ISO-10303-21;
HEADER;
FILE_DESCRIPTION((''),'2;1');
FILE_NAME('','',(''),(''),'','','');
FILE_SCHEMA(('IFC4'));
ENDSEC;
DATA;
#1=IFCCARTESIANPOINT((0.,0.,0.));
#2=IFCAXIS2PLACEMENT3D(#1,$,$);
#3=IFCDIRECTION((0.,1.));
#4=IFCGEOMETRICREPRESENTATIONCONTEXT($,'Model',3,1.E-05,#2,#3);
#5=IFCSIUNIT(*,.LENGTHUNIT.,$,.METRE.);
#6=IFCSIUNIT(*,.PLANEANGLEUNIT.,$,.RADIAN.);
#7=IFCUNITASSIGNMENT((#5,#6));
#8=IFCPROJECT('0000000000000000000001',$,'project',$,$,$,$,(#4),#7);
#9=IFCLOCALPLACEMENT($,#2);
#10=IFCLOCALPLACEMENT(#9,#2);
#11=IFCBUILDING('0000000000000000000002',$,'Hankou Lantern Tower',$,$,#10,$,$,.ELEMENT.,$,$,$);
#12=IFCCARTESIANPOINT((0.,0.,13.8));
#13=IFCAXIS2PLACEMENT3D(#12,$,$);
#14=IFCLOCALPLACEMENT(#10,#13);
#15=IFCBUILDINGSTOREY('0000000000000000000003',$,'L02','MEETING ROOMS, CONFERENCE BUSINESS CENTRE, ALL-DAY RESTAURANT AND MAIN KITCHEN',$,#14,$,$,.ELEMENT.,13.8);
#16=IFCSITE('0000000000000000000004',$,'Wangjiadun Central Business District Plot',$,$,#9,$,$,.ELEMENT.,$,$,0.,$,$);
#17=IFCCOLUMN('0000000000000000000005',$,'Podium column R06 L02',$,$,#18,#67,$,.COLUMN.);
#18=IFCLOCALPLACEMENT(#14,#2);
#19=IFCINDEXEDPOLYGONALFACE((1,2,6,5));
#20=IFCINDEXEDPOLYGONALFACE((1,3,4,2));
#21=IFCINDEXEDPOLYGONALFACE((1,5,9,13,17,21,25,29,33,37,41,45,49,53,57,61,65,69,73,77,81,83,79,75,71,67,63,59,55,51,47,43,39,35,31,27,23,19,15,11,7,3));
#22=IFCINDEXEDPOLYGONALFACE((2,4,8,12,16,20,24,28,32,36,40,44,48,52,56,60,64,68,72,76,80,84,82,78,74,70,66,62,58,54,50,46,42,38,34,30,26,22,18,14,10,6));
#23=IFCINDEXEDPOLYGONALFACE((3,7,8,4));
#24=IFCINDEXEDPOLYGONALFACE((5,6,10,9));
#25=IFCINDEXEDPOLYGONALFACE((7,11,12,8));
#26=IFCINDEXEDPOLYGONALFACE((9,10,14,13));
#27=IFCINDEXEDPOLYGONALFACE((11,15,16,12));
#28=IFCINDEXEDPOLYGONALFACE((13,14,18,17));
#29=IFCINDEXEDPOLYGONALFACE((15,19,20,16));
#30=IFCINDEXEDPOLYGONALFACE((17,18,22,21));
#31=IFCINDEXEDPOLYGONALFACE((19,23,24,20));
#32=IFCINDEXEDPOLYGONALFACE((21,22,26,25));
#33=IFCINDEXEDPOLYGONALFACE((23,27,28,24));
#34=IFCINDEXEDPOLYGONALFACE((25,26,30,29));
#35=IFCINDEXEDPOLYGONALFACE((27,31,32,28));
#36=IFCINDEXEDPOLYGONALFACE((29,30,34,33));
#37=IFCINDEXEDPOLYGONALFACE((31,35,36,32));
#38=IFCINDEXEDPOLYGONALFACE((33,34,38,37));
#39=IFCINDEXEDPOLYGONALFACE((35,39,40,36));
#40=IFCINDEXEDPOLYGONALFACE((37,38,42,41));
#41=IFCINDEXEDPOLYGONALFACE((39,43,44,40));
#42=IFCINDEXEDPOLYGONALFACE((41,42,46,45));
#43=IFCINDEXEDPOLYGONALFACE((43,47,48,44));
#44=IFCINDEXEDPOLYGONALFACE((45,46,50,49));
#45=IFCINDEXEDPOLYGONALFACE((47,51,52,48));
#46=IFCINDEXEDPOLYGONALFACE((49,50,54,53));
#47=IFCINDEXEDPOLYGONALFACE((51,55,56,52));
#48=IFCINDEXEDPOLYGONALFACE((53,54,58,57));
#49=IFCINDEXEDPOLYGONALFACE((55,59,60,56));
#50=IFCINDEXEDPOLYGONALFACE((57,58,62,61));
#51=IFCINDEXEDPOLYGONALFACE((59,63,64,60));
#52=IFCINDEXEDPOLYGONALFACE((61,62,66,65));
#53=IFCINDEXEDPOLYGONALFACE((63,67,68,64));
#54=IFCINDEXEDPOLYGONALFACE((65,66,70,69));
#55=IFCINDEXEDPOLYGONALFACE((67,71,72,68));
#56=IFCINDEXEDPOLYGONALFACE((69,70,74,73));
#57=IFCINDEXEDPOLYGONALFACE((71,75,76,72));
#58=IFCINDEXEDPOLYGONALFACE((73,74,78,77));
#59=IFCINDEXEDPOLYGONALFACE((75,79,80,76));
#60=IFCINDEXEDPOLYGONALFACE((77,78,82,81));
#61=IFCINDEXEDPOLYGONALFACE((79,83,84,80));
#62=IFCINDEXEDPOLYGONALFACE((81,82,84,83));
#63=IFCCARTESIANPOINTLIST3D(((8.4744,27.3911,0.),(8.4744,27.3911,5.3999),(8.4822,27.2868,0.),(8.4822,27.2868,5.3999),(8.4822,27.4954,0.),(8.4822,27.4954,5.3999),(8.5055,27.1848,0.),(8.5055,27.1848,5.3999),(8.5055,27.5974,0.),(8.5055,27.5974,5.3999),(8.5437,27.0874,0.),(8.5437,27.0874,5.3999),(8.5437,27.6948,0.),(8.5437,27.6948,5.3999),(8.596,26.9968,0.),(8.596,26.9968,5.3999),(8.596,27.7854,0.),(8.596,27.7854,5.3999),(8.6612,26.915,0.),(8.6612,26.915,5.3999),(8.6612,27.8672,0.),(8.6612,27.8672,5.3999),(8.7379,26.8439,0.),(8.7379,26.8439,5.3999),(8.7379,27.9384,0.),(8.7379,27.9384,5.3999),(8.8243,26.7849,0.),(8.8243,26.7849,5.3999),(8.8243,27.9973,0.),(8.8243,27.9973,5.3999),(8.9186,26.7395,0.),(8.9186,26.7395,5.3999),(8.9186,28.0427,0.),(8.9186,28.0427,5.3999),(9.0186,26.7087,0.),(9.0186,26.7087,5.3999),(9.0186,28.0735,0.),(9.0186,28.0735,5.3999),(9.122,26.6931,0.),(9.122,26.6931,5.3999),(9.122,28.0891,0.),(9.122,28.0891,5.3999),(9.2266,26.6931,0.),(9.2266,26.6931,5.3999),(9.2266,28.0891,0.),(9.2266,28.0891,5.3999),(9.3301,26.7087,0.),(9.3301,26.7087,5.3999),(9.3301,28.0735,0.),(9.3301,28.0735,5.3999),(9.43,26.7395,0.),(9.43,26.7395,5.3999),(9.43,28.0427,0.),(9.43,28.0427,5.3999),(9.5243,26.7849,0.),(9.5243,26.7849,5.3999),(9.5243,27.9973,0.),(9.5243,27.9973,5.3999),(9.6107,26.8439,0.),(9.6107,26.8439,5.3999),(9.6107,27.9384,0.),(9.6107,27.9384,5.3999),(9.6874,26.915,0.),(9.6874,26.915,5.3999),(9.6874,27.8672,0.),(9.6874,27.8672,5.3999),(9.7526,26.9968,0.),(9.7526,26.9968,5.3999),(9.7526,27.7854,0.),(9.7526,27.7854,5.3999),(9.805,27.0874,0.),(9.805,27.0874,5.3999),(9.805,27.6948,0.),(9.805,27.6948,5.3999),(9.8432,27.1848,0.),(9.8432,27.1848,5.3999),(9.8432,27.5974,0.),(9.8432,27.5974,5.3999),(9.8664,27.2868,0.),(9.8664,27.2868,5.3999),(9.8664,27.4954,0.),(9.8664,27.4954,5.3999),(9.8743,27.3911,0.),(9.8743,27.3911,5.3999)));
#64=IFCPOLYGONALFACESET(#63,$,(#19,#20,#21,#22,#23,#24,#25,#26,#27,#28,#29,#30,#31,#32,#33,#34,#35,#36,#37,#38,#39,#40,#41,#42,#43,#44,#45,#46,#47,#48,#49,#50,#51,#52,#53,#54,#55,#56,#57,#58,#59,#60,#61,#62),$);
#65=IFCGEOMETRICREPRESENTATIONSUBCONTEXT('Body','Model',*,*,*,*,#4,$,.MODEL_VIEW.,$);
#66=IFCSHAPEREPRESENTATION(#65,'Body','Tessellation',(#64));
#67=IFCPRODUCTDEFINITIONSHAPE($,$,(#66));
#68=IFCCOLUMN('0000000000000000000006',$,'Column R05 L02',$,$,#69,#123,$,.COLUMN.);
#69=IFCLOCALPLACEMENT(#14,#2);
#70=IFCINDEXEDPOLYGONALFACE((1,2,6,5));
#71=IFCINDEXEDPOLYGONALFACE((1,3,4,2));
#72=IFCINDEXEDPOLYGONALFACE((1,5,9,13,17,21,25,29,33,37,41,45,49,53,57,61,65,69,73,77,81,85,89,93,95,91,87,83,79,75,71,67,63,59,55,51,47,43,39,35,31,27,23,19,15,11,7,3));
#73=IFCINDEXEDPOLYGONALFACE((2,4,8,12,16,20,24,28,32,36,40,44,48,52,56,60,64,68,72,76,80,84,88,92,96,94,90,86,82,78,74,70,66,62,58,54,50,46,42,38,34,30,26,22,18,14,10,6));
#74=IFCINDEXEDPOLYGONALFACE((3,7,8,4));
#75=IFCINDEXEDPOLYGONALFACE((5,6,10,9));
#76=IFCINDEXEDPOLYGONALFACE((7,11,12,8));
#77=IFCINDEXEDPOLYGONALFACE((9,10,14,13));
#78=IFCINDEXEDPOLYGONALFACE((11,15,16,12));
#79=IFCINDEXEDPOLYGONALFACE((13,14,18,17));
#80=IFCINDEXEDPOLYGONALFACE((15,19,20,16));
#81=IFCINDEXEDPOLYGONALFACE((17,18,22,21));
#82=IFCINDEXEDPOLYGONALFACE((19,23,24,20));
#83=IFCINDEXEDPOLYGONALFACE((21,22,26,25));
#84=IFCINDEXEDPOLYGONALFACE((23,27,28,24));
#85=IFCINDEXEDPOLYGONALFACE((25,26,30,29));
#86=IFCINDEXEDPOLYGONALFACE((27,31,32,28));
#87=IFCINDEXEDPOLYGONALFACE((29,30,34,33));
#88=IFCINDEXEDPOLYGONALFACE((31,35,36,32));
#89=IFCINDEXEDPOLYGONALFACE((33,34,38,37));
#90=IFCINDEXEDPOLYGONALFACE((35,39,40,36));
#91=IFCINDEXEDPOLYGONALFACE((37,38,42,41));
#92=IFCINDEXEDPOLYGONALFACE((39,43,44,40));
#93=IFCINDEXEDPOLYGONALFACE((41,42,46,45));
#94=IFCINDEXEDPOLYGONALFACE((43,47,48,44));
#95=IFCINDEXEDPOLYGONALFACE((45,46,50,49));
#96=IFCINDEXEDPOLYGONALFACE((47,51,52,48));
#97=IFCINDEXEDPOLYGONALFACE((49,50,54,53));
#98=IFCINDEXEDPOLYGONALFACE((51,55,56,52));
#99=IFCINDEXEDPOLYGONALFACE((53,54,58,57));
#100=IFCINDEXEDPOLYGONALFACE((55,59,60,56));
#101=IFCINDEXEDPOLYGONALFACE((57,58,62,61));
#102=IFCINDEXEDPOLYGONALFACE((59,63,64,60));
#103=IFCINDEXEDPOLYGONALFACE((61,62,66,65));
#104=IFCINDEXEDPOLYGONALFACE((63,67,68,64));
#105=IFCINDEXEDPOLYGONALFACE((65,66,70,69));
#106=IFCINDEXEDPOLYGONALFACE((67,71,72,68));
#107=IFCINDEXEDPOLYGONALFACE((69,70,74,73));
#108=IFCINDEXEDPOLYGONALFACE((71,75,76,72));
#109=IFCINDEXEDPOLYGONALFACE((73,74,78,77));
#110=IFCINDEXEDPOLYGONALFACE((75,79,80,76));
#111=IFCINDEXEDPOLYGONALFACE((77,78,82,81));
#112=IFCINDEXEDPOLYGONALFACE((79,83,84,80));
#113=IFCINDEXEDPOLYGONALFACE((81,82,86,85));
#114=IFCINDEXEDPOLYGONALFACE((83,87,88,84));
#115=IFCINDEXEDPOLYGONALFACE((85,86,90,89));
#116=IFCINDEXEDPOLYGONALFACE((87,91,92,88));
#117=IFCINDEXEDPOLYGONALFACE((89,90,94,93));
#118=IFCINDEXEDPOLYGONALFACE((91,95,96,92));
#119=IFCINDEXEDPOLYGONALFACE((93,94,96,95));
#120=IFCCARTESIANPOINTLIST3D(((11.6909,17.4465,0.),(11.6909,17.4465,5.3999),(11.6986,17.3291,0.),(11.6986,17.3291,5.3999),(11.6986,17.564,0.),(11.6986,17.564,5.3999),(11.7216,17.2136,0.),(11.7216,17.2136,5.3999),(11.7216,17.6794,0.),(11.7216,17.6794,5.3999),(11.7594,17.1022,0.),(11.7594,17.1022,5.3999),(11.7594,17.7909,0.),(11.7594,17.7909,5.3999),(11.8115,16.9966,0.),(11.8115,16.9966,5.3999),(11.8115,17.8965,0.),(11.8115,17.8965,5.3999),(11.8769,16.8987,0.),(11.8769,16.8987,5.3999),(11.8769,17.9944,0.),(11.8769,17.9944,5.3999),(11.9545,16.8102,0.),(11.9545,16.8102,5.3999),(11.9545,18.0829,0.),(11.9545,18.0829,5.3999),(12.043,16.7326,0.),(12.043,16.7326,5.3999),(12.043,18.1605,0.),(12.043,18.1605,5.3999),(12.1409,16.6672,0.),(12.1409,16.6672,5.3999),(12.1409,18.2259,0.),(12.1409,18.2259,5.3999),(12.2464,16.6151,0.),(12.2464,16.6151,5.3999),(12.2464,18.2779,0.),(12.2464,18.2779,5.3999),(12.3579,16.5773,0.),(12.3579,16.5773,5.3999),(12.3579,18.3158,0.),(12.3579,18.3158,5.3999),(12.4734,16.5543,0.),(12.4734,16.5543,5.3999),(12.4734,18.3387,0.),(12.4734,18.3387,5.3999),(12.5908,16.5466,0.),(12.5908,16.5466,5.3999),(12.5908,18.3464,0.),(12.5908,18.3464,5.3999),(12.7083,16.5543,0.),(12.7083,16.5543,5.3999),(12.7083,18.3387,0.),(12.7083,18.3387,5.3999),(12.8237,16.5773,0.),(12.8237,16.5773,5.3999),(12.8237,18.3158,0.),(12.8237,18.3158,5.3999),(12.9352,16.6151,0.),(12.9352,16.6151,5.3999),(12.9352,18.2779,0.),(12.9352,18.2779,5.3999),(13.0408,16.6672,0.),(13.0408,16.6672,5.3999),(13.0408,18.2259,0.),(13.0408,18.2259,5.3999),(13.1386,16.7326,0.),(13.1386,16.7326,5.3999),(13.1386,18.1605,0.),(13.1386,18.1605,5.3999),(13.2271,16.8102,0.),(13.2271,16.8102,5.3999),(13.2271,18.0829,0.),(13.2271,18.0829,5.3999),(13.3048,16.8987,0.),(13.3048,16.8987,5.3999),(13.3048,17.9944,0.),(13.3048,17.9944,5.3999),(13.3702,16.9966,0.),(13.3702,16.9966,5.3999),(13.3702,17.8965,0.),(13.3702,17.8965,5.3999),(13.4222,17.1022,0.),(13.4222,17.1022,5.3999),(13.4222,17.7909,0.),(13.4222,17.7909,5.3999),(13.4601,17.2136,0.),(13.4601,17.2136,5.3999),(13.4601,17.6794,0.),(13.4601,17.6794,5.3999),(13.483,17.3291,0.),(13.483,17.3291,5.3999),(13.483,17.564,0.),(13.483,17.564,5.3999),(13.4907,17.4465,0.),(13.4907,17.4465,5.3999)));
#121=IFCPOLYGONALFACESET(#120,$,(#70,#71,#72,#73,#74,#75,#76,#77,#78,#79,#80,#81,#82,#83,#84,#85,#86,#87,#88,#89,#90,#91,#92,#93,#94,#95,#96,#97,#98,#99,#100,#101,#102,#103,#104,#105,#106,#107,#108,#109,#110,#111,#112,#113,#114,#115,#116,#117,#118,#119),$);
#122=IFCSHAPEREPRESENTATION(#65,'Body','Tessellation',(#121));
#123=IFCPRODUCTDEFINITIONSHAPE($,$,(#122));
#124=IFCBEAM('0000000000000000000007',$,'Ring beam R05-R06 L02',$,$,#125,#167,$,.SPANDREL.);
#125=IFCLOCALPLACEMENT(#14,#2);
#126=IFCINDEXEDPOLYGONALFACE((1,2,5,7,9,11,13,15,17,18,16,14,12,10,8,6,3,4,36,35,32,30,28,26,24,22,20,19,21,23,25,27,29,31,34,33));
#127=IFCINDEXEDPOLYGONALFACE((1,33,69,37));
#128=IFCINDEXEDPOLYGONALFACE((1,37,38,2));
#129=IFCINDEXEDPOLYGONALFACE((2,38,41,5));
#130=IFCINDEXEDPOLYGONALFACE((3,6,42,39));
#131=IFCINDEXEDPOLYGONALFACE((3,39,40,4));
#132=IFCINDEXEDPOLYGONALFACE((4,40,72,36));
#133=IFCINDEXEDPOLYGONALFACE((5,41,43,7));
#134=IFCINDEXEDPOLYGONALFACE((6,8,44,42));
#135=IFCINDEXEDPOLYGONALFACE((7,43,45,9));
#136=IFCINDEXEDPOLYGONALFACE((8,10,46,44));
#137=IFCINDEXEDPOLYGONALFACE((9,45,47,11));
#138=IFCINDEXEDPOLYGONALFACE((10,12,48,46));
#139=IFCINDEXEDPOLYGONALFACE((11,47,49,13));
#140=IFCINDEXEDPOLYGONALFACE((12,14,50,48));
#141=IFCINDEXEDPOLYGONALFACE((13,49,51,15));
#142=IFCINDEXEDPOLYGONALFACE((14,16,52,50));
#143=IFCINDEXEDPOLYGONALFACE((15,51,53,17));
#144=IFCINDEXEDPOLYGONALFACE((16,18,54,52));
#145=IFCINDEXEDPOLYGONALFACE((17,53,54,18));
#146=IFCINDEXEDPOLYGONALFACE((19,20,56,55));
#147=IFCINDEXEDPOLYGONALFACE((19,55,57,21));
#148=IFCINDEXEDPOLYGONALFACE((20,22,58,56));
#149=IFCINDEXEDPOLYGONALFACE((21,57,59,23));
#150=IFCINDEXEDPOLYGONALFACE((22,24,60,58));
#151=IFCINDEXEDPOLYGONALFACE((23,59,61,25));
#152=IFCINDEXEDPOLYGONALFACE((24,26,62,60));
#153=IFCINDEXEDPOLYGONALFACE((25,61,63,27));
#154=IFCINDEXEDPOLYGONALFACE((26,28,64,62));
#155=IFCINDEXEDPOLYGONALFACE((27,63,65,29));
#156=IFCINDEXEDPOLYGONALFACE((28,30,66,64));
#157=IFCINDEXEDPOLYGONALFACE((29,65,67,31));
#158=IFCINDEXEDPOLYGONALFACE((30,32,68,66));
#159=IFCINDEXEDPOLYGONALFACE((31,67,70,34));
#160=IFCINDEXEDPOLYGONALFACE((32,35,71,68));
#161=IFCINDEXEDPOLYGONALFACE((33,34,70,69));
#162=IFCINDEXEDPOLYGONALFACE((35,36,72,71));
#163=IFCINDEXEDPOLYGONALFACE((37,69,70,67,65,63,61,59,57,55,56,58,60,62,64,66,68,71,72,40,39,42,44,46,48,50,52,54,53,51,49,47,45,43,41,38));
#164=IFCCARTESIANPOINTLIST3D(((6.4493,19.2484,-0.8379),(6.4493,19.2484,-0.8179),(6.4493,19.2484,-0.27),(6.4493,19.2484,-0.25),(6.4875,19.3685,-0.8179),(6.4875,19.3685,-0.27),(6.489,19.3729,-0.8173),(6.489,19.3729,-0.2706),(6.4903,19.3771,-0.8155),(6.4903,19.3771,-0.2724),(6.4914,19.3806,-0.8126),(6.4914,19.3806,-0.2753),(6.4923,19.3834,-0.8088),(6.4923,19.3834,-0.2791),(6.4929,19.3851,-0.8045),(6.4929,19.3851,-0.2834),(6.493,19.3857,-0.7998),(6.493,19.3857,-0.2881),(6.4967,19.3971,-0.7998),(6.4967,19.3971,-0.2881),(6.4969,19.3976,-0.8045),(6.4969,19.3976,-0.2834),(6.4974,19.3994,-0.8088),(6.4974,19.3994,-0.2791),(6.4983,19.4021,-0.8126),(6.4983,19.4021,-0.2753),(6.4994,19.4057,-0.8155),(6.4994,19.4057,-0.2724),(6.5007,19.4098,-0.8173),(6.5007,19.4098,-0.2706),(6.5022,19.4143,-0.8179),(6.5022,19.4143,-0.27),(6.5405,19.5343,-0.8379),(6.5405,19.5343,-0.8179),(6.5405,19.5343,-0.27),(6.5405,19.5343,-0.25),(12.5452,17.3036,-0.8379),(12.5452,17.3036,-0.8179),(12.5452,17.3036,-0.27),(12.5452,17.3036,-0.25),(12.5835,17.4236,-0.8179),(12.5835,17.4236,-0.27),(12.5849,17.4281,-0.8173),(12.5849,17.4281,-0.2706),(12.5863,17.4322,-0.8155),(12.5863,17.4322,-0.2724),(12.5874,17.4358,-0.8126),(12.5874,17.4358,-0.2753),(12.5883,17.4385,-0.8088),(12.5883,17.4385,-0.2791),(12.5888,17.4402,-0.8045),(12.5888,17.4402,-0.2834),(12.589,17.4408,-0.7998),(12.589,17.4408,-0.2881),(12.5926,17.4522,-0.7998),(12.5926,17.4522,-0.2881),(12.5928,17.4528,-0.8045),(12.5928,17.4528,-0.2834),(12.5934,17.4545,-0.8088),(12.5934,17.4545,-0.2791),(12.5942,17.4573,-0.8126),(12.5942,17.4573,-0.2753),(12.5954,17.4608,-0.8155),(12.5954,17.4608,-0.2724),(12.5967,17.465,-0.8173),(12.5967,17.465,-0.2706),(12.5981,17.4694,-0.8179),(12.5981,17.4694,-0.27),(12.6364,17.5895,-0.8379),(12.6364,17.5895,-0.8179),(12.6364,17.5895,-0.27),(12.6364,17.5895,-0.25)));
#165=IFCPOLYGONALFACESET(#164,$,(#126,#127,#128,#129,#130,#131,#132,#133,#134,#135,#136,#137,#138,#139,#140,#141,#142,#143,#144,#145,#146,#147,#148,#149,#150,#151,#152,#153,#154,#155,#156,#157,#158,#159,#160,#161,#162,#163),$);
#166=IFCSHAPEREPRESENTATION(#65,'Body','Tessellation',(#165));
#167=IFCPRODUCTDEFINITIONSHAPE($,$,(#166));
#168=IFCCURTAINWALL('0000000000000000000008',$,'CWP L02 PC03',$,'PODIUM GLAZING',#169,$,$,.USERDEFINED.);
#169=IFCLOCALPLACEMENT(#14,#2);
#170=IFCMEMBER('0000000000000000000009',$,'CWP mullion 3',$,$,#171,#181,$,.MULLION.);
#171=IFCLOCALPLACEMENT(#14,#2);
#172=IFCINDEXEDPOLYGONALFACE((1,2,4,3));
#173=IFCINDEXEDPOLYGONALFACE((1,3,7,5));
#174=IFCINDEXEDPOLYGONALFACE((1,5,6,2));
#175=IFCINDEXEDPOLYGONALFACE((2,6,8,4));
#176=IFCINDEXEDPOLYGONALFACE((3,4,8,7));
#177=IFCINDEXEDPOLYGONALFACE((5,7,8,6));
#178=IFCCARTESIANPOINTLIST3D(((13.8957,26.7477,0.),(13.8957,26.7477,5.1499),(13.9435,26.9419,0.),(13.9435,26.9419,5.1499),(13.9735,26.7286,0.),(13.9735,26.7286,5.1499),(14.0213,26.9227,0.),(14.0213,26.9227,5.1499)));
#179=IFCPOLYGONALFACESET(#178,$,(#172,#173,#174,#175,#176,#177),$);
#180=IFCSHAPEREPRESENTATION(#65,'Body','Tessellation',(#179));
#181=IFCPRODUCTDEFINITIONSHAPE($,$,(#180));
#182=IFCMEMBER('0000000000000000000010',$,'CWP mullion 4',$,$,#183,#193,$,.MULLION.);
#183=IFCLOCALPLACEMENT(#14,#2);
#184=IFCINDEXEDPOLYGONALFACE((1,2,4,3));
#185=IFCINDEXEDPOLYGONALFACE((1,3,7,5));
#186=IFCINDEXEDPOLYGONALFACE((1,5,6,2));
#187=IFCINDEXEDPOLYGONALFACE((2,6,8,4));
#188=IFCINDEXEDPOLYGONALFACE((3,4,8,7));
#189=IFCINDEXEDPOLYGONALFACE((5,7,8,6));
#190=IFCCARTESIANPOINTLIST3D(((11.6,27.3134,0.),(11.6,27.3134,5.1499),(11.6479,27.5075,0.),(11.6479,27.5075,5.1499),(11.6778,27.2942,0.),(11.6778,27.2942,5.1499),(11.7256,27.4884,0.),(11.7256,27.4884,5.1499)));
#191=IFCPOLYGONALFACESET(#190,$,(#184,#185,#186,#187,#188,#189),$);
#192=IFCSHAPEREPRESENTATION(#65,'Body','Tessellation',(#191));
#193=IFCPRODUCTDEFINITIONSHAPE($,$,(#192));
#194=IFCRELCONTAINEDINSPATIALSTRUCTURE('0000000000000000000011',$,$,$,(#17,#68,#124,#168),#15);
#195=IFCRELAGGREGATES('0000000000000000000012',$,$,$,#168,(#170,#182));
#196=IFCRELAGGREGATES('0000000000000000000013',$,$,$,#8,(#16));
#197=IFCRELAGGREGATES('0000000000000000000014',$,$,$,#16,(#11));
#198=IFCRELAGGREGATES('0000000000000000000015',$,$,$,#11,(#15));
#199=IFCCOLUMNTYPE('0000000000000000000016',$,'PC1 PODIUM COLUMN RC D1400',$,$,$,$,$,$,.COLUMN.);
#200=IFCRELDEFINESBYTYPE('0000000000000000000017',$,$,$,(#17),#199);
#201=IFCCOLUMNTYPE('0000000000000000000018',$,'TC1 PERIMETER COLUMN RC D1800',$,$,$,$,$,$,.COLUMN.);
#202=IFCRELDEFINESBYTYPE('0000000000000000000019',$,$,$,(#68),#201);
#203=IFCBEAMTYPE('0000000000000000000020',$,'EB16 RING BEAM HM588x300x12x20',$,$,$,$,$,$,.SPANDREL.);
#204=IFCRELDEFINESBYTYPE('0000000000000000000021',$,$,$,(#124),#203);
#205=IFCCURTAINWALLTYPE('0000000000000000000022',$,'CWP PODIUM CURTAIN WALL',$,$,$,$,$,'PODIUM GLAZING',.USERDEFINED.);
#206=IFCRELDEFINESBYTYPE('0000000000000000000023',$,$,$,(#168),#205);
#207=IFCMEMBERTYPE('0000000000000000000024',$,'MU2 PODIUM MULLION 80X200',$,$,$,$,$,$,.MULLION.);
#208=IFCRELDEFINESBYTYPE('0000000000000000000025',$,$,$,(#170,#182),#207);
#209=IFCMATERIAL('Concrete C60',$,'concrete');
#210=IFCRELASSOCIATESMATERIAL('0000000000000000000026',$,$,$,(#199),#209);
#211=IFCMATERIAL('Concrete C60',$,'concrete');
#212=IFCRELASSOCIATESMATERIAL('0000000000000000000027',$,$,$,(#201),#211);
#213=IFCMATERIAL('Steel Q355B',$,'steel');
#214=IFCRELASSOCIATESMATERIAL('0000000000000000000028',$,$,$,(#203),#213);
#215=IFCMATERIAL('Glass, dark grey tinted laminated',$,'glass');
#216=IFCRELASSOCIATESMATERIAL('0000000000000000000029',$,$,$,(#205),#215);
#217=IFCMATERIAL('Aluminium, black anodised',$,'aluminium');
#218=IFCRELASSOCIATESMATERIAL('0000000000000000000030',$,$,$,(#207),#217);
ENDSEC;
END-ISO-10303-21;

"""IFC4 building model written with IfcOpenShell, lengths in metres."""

from ifc_helpers import new_model, si_unit, direction, frame, origin, origin_2d, place, context, subcontext, project, spatial, rectangle, circle, i_section, extrude, material, material_profile, profile_set, type_object, element, aggregate, save


model = new_model("IFC4")

# Units and contexts
model_context = context("Model", 3, precision=1e-05, world=origin(), true_north=direction((0.0, 1.0)))
body_context = subcontext(model_context, "Body", "Model", "MODEL_VIEW")
ifc_project = project(units=[si_unit("LENGTHUNIT", "METRE"), si_unit("PLANEANGLEUNIT", "RADIAN")], contexts=[model_context])

# Site, building, storey
site_placement = place(None, origin())
site = spatial("IfcSite", under=ifc_project, at=site_placement, Name="Wangjiadun Central Business District Plot", CompositionType="ELEMENT", RefElevation=0.0)
building_placement = place(site_placement, origin())
building = spatial("IfcBuilding", under=site, at=building_placement, Name="Hankou Lantern Tower", CompositionType="ELEMENT")
storey_placement = place(building_placement, frame((0.0, 0.0, 13.8)))
storey = spatial("IfcBuildingStorey", under=building, at=storey_placement, Name="L02", Description="MEETING ROOMS, CONFERENCE BUSINESS CENTRE, ALL-DAY RESTAURANT AND MAIN KITCHEN", CompositionType="ELEMENT", Elevation=13.8)

# Columns
ifc_material_1 = material(Name="Concrete C60", Category="concrete")
ifc_material_profile_1 = material_profile(ifc_material_1, circle(Radius=0.7, at=origin_2d()), Name="RC D1400")
ifc_profile_set_1 = profile_set([ifc_material_profile_1], Name="Concrete C60")
column_type_1 = type_object("IfcColumnType", Name="PC1 PODIUM COLUMN RC D1400", PredefinedType="COLUMN", material=ifc_profile_set_1)
column_1_placement = place(storey_placement, frame((9.1743, 27.3911, 0.0), z_axis=(0.0, 0.0, 1.0), x_axis=(1.0, 0.0, 0.0)))
element("IfcColumn", 1, at=column_1_placement, inside=storey, type_object=column_type_1, Name="Podium column R06 L02", PredefinedType="COLUMN", context=body_context, shape_type="SweptSolid", body=[
    extrude(circle(Radius=0.7, at=origin_2d()), origin(), (0.0, 0.0, 1.0), 5.3999),
])
ifc_material_2 = material(Name="Concrete C60", Category="concrete")
ifc_material_profile_2 = material_profile(ifc_material_2, circle(Radius=0.8999, at=origin_2d()), Name="RC D1800")
ifc_profile_set_2 = profile_set([ifc_material_profile_2], Name="Concrete C60")
column_type_2 = type_object("IfcColumnType", Name="TC1 PERIMETER COLUMN RC D1800", PredefinedType="COLUMN", material=ifc_profile_set_2)
column_2_placement = place(storey_placement, frame((12.5908, 17.4465, 0.0), z_axis=(0.0, 0.0, 1.0), x_axis=(1.0, 0.0, 0.0)))
element("IfcColumn", 2, at=column_2_placement, inside=storey, type_object=column_type_2, Name="Column R05 L02", PredefinedType="COLUMN", context=body_context, shape_type="SweptSolid", body=[
    extrude(circle(Radius=0.8999, at=origin_2d()), origin(), (0.0, 0.0, 1.0), 5.3999),
])

# Beam
ifc_material_3 = material(Name="Steel Q355B", Category="steel")
ifc_material_profile_3 = material_profile(ifc_material_3, i_section(OverallWidth=0.3, OverallDepth=0.5879, WebThickness=0.012, FlangeThickness=0.02, FilletRadius=0.0181, at=origin_2d()), Name="HM588x300x12x20")
ifc_profile_set_3 = profile_set([ifc_material_profile_3], Name="Steel Q355B")
beam_type_1 = type_object("IfcBeamType", Name="EB16 RING BEAM HM588x300x12x20", PredefinedType="SPANDREL", material=ifc_profile_set_3)
beam_1_placement = place(storey_placement, frame((12.5908, 17.4465, -0.5439), z_axis=(-0.95269, 0.303942, 0.0), x_axis=(-0.303942, -0.95269, 0.0)))
element("IfcBeam", 3, at=beam_1_placement, inside=storey, type_object=beam_type_1, Name="Ring beam R05-R06 L02", PredefinedType="SPANDREL", context=body_context, shape_type="SweptSolid", body=[
    extrude(i_section(OverallWidth=0.3, OverallDepth=0.5879, WebThickness=0.012, FlangeThickness=0.02, FilletRadius=0.0181, at=origin_2d()), origin(), (0.0, 0.0, 1.0), 6.3987),
])

# Curtain wall, members
ifc_material_4 = material(Name="Glass, dark grey tinted laminated", Category="glass")
curtain_wall_type = type_object("IfcCurtainWallType", Name="CWP PODIUM CURTAIN WALL", ElementType="PODIUM GLAZING", PredefinedType="USERDEFINED", material=ifc_material_4)
curtain_wall_1_placement = place(storey_placement, origin())
curtain_wall_1 = element("IfcCurtainWall", 4, at=curtain_wall_1_placement, inside=storey, type_object=curtain_wall_type, Name="CWP L02 PC03", ObjectType="PODIUM GLAZING", PredefinedType="USERDEFINED")
ifc_material_5 = material(Name="Aluminium, black anodised", Category="aluminium")
ifc_material_profile_4 = material_profile(ifc_material_5, rectangle(XDim=0.0801, YDim=0.2, at=origin_2d()), Name="MU2 80X200")
ifc_profile_set_4 = profile_set([ifc_material_profile_4], Name="Aluminium, black anodised")
member_type_1 = type_object("IfcMemberType", Name="MU2 PODIUM MULLION 80X200", PredefinedType="MULLION", material=ifc_profile_set_4)
member_1_placement = place(storey_placement, frame((13.9585, 26.8352, 0.0), z_axis=(0.0, 0.0, 1.0), x_axis=(-0.970961, 0.239238, 0.0)))
member_1 = element("IfcMember", 5, at=member_1_placement, type_object=member_type_1, Name="CWP mullion 3", PredefinedType="MULLION", context=body_context, shape_type="SweptSolid", body=[
    extrude(rectangle(XDim=0.0801, YDim=0.2, at=origin_2d()), origin(), (0.0, 0.0, 1.0), 5.1499),
])
member_2_placement = place(storey_placement, frame((11.6628, 27.4009, 0.0), z_axis=(0.0, 0.0, 1.0), x_axis=(-0.970961, 0.239238, 0.0)))
member_2 = element("IfcMember", 6, at=member_2_placement, type_object=member_type_1, Name="CWP mullion 4", PredefinedType="MULLION", context=body_context, shape_type="SweptSolid", body=[
    extrude(rectangle(XDim=0.0801, YDim=0.2, at=origin_2d()), origin(), (0.0, 0.0, 1.0), 5.1499),
])

aggregate(curtain_wall_1, [member_1, member_2])

save(model, "model.ifc")
